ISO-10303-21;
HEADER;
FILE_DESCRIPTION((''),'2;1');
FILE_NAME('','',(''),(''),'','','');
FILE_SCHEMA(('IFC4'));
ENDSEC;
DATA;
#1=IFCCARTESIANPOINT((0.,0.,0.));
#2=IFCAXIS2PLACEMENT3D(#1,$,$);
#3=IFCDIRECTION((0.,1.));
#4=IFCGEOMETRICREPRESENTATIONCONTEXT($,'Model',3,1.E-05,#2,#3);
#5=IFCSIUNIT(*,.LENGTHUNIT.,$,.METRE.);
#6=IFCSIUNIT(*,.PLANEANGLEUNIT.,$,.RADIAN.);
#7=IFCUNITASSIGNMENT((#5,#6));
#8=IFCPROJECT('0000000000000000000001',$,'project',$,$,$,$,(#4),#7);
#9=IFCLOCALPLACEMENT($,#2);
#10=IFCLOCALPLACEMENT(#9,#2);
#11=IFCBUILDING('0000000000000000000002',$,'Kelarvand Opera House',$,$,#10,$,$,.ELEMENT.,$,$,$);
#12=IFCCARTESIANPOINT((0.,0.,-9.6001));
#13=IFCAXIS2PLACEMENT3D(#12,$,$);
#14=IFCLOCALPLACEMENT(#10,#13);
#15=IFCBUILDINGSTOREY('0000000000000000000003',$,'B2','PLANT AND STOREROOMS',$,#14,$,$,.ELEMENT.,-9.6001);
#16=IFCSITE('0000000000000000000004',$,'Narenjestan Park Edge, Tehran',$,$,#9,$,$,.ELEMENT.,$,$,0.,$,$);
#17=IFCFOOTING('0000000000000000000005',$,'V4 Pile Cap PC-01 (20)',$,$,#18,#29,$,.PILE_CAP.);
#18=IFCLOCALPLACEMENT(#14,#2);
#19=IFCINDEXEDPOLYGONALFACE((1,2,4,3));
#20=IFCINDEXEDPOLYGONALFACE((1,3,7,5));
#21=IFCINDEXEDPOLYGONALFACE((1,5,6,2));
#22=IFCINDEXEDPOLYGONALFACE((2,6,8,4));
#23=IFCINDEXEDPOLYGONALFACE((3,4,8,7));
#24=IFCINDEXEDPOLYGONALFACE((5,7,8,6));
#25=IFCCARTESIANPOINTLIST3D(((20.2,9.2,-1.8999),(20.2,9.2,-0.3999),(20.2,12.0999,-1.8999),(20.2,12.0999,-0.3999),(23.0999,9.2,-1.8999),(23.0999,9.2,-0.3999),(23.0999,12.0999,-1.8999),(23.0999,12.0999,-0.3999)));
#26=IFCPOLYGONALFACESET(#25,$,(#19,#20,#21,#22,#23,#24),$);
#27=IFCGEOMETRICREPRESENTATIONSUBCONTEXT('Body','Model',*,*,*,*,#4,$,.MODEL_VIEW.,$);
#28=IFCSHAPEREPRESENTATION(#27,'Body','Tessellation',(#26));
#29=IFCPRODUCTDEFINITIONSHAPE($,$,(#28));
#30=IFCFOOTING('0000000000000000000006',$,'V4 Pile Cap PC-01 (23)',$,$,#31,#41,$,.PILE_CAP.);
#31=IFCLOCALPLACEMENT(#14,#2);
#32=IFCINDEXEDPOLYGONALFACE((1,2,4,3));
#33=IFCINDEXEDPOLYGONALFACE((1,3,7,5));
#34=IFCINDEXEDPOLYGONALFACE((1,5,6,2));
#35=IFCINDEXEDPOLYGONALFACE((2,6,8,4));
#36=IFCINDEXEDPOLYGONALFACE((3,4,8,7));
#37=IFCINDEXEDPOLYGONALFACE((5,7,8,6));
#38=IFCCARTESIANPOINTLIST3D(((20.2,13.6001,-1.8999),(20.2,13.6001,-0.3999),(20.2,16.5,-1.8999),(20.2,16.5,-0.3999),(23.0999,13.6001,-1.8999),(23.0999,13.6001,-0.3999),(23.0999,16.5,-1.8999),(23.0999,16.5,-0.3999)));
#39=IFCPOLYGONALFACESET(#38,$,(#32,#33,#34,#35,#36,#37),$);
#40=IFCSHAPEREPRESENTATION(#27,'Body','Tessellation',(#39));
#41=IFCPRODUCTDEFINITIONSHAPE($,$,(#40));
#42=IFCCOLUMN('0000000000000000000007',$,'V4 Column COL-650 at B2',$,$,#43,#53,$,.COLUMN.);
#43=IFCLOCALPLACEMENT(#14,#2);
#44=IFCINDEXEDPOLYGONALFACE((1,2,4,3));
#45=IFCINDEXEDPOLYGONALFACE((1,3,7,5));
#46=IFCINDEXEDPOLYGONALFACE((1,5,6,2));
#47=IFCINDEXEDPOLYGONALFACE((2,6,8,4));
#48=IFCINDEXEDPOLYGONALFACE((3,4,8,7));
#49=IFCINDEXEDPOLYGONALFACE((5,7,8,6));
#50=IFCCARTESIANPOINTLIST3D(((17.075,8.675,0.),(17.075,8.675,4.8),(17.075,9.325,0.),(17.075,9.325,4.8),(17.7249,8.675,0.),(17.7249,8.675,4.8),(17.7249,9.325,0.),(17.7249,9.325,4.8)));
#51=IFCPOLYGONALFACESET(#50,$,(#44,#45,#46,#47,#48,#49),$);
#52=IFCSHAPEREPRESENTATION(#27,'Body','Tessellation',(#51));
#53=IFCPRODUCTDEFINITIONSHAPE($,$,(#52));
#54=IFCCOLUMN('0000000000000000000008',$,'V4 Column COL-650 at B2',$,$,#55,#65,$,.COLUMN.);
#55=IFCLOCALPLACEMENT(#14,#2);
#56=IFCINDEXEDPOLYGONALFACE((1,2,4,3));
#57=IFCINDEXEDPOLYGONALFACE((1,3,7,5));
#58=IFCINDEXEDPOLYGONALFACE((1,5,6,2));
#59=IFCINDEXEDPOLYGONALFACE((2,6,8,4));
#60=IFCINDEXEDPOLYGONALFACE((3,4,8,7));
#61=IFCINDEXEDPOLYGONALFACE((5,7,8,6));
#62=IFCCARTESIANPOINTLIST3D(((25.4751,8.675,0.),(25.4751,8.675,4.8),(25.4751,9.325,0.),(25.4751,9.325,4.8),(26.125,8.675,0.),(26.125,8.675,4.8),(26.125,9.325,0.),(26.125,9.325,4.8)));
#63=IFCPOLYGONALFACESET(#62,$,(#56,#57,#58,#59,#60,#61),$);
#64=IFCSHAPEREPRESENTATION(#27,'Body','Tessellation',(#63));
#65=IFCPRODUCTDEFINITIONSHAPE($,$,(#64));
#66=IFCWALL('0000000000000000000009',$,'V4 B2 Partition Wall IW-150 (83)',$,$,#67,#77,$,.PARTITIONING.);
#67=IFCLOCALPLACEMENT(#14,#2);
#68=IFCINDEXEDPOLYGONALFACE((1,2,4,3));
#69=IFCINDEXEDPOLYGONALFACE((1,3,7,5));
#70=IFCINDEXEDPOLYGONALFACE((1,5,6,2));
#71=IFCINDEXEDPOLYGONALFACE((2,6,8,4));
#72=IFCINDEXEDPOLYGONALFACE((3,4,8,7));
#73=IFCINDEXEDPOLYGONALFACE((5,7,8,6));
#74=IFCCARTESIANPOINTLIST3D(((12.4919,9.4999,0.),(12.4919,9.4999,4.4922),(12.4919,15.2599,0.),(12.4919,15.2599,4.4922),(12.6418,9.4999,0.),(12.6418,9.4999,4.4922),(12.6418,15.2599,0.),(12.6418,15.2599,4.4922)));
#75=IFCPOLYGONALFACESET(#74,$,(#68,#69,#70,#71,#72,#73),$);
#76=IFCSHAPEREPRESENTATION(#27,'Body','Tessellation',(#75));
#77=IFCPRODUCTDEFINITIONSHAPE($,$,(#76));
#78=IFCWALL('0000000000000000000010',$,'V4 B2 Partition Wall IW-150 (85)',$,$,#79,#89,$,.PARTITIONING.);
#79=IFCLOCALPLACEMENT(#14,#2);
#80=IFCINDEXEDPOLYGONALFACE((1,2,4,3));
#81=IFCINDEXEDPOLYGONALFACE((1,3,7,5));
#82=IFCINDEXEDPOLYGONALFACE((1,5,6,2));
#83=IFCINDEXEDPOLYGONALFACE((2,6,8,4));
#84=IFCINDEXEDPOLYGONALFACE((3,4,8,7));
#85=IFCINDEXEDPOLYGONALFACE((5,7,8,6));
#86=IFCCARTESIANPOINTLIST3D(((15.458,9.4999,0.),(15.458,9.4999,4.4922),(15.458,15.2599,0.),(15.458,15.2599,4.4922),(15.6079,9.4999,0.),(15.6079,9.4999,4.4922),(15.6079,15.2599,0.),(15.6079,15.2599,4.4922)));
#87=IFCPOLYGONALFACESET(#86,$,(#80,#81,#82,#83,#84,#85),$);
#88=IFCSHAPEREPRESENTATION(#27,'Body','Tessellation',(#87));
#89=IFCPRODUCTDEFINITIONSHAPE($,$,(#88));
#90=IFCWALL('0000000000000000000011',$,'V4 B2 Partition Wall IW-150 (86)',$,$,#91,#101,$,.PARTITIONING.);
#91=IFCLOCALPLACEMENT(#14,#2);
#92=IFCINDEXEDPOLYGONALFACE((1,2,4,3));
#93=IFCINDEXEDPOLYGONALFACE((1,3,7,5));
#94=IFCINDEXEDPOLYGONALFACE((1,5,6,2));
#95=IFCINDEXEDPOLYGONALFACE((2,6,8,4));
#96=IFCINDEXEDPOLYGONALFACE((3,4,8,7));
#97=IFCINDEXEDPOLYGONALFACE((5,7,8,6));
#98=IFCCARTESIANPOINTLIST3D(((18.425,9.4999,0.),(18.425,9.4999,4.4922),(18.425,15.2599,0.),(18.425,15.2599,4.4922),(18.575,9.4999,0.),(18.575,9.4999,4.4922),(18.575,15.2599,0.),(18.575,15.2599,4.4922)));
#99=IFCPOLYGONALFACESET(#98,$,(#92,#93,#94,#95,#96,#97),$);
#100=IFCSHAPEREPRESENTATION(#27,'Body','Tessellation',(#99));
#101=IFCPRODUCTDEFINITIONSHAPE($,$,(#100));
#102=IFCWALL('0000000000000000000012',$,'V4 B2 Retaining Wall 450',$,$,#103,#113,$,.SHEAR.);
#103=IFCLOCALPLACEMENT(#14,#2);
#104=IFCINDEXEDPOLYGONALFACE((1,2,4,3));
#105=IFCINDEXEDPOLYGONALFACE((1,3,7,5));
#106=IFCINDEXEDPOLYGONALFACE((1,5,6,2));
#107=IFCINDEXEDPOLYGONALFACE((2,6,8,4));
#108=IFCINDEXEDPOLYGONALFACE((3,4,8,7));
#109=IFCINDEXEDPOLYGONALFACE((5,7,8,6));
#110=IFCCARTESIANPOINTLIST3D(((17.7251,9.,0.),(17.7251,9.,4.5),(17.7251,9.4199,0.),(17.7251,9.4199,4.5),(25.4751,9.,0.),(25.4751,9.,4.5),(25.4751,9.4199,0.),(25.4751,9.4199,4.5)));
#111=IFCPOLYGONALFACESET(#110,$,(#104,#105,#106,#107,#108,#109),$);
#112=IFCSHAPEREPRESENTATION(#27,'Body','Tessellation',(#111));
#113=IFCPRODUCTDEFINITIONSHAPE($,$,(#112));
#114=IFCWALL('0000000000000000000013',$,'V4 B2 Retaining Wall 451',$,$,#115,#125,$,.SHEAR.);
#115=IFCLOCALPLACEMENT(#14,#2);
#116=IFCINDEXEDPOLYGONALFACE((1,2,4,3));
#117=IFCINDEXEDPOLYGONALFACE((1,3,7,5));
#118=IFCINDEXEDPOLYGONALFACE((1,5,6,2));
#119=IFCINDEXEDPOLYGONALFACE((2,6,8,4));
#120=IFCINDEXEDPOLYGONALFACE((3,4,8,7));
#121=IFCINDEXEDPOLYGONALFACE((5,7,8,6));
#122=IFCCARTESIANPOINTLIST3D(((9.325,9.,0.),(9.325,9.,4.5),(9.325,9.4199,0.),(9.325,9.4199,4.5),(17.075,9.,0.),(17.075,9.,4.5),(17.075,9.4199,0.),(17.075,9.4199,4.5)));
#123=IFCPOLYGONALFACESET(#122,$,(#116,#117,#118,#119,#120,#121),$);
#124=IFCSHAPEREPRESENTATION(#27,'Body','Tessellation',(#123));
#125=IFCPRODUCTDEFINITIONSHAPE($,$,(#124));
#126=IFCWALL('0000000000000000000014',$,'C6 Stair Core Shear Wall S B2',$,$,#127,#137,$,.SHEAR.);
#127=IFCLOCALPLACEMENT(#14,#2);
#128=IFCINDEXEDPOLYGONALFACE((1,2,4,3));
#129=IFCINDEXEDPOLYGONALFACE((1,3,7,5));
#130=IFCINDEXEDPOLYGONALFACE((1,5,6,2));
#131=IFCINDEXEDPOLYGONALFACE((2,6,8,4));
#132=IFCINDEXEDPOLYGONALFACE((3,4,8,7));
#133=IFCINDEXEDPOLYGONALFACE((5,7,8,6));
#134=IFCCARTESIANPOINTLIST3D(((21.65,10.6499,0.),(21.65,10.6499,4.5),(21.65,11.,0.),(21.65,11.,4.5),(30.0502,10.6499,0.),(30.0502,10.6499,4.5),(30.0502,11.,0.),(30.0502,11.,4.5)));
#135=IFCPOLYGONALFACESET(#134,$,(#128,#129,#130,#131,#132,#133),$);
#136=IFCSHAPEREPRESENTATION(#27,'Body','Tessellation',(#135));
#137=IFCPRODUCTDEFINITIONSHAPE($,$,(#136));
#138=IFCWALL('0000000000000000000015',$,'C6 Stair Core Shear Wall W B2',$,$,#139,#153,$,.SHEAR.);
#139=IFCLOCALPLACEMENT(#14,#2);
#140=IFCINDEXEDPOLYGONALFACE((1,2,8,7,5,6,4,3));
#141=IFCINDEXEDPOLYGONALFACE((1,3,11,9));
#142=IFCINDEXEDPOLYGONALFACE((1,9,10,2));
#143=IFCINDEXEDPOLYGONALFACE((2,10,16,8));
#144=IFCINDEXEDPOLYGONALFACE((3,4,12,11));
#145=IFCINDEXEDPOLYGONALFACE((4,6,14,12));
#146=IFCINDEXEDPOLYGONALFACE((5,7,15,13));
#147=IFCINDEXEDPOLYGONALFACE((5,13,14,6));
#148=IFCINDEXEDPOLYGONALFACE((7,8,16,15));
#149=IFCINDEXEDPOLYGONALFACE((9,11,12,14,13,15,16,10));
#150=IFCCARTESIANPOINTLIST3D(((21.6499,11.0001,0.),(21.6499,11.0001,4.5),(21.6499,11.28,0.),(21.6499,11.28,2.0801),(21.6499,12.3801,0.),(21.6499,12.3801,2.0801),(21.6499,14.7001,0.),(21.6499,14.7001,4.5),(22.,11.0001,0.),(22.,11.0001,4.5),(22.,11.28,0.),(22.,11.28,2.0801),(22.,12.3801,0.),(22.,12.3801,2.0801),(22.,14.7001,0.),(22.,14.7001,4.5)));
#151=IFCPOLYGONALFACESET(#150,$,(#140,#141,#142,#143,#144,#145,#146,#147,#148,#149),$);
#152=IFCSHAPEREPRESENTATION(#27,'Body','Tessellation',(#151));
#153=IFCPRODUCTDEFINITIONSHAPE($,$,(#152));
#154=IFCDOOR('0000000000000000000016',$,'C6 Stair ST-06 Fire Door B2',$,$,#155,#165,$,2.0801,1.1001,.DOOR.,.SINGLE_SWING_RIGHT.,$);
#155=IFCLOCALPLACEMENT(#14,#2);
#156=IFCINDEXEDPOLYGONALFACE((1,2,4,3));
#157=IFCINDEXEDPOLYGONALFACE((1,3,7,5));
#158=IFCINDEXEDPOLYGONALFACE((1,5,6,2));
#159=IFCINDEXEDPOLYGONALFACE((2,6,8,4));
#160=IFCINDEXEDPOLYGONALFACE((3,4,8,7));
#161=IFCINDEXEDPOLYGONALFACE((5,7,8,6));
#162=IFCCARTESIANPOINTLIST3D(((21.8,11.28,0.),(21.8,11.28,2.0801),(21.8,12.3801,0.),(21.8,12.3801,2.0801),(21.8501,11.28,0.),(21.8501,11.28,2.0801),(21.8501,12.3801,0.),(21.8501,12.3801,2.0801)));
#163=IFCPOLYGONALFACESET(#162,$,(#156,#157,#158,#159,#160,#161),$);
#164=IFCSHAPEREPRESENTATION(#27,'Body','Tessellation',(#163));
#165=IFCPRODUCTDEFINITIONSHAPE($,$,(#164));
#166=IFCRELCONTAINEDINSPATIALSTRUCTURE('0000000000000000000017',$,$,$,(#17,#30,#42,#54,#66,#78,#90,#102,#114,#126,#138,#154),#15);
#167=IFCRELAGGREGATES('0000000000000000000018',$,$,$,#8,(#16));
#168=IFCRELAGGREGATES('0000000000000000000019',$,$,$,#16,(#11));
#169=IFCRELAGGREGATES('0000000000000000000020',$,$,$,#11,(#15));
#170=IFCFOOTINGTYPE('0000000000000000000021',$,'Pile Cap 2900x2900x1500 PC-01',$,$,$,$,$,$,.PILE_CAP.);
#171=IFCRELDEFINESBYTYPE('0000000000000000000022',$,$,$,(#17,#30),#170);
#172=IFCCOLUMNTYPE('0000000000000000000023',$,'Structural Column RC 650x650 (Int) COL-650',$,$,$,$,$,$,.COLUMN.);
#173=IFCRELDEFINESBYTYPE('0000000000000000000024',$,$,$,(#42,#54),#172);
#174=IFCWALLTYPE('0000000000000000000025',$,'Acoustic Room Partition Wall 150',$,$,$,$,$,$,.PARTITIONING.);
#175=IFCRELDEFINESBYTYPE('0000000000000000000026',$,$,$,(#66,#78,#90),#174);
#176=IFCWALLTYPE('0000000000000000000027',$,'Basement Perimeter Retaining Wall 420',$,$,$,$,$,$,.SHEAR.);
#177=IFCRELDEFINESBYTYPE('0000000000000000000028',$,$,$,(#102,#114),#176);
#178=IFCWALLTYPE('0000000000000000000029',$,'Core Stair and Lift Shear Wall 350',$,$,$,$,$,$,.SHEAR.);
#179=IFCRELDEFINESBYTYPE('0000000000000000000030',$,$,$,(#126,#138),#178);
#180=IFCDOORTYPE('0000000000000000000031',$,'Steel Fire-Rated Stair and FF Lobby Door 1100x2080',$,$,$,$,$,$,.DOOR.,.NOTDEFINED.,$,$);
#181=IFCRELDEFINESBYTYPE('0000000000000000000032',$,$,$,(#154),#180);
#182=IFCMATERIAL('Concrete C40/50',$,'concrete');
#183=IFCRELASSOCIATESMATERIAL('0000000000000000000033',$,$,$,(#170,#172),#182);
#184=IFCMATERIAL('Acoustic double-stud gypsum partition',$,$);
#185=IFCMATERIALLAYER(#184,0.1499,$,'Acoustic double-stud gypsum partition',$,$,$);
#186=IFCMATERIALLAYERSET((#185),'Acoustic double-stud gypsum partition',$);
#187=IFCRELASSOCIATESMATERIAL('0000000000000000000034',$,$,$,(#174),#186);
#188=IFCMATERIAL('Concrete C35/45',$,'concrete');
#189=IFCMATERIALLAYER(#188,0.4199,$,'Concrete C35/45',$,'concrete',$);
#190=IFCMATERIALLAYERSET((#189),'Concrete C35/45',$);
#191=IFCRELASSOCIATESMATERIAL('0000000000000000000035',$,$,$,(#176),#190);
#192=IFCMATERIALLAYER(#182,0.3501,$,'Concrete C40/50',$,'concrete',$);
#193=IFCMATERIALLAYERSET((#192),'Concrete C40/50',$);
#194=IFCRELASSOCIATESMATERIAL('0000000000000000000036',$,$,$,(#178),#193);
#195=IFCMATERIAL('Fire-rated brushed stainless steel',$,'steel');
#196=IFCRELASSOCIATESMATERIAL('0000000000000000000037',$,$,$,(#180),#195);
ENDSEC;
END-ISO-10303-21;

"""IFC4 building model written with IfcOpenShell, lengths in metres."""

from ifc_helpers import new_model, si_unit, direction, frame, frame_2d, origin, origin_2d, place, context, subcontext, project, spatial, rectangle, extrude, material, layer, layer_set, material_profile, profile_set, type_object, element, fill, save


model = new_model("IFC4")

# Units and contexts
model_context = context("Model", 3, precision=1e-05, world=origin(), true_north=direction((0.0, 1.0)))
body_context = subcontext(model_context, "Body", "Model", "MODEL_VIEW")
ifc_project = project(units=[si_unit("LENGTHUNIT", "METRE"), si_unit("PLANEANGLEUNIT", "RADIAN")], contexts=[model_context])

# Site, building, storey
site_placement = place(None, origin())
site = spatial("IfcSite", under=ifc_project, at=site_placement, Name="Narenjestan Park Edge, Tehran", CompositionType="ELEMENT", RefElevation=0.0)
building_placement = place(site_placement, origin())
building = spatial("IfcBuilding", under=site, at=building_placement, Name="Kelarvand Opera House", CompositionType="ELEMENT")
storey_placement = place(building_placement, frame((0.0, 0.0, -9.6001)))
storey = spatial("IfcBuildingStorey", under=building, at=storey_placement, Name="B2", Description="PLANT AND STOREROOMS", CompositionType="ELEMENT", Elevation=-9.6001)

# Shared definitions
ifc_material_1 = material(Name="Concrete C40/50", Category="concrete")

# Footings
footing_type = type_object("IfcFootingType", Name="Pile Cap 2900x2900x1500 PC-01", PredefinedType="PILE_CAP", material=ifc_material_1)
for number, where, z_axis, x_axis, name in (
    (1, (21.6499, 10.6499, -1.8999), (0.0, 0.0, 1.0), (1.0, 0.0, 0.0), "V4 Pile Cap PC-01 (20)"),
    (2, (21.6499, 15.05, -1.8999), (0.0, 0.0, 1.0), (1.0, 0.0, 0.0), "V4 Pile Cap PC-01 (23)"),
):
    element("IfcFooting", number, at=place(storey_placement, frame(where, z_axis=z_axis, x_axis=x_axis)), inside=storey, type_object=footing_type, Name=name, PredefinedType="PILE_CAP", context=body_context, shape_type="SweptSolid", body=[
        extrude(rectangle(XDim=2.8999, YDim=2.8999, at=origin_2d()), origin(), (0.0, 0.0, 1.0), 1.5),
    ])

# Columns
ifc_material_profile_1 = material_profile(ifc_material_1, rectangle(XDim=0.6499, YDim=0.6499, at=origin_2d()), Name="RC 650x650", Category="concrete")
ifc_profile_set_1 = profile_set([ifc_material_profile_1], Name="Concrete C40/50")
column_type = type_object("IfcColumnType", Name="Structural Column RC 650x650 (Int) COL-650", PredefinedType="COLUMN", material=ifc_profile_set_1)
for number, where, z_axis, x_axis, name in (
    (3, (17.3999, 9.0, 0.0), (0.0, 0.0, 1.0), (1.0, 0.0, 0.0), "V4 Column COL-650 at B2"),
    (4, (25.8, 9.0, 0.0), (0.0, 0.0, 1.0), (1.0, 0.0, 0.0), "V4 Column COL-650 at B2"),
):
    element("IfcColumn", number, at=place(storey_placement, frame(where, z_axis=z_axis, x_axis=x_axis)), inside=storey, type_object=column_type, Name=name, PredefinedType="COLUMN", context=body_context, shape_type="SweptSolid", body=[
        extrude(rectangle(XDim=0.6499, YDim=0.6499, at=origin_2d()), origin(), (0.0, 0.0, 1.0), 4.8),
    ])

# Walls
ifc_material_2 = material(Name="Acoustic double-stud gypsum partition")
ifc_layer_1 = layer(ifc_material_2, 0.1499, Name="Acoustic double-stud gypsum partition")
ifc_layer_set_1 = layer_set([ifc_layer_1], Name="Acoustic double-stud gypsum partition")
wall_type_1 = type_object("IfcWallType", Name="Acoustic Room Partition Wall 150", PredefinedType="PARTITIONING", material=ifc_layer_set_1)
for number, where, z_axis, x_axis, name in (
    (5, (12.5669, 9.5, 0.0), (0.0, 0.0, 1.0), (0.0, 1.0, 0.0), "V4 B2 Partition Wall IW-150 (83)"),
    (6, (15.533, 9.5, 0.0), (0.0, 0.0, 1.0), (0.0, 1.0, 0.0), "V4 B2 Partition Wall IW-150 (85)"),
    (7, (18.5, 9.5, 0.0), (0.0, 0.0, 1.0), (0.0, 1.0, 0.0), "V4 B2 Partition Wall IW-150 (86)"),
):
    element("IfcWall", number, at=place(storey_placement, frame(where, z_axis=z_axis, x_axis=x_axis)), inside=storey, type_object=wall_type_1, Name=name, PredefinedType="PARTITIONING", context=body_context, shape_type="SweptSolid", body=[
        extrude(rectangle(XDim=5.76, YDim=0.1499, at=frame_2d((2.8799, 0.0))), origin(), (0.0, 0.0, 1.0), 4.4922),
    ])
ifc_material_3 = material(Name="Concrete C35/45", Category="concrete")
ifc_layer_2 = layer(ifc_material_3, 0.4199, Name="Concrete C35/45", Category="concrete")
ifc_layer_set_2 = layer_set([ifc_layer_2], Name="Concrete C35/45")
wall_type_2 = type_object("IfcWallType", Name="Basement Perimeter Retaining Wall 420", PredefinedType="SHEAR", material=ifc_layer_set_2)
for number, where, z_axis, x_axis, name in (
    (8, (25.4751, 9.21, 0.0), (0.0, 0.0, 1.0), (-1.0, 0.0, 0.0), "V4 B2 Retaining Wall 450"),
    (9, (17.075, 9.21, 0.0), (0.0, 0.0, 1.0), (-1.0, 0.0, 0.0), "V4 B2 Retaining Wall 451"),
):
    element("IfcWall", number, at=place(storey_placement, frame(where, z_axis=z_axis, x_axis=x_axis)), inside=storey, type_object=wall_type_2, Name=name, PredefinedType="SHEAR", context=body_context, shape_type="SweptSolid", body=[
        extrude(rectangle(XDim=7.75, YDim=0.4199, at=frame_2d((3.875, 0.0))), origin(), (0.0, 0.0, 1.0), 4.5),
    ])
ifc_layer_3 = layer(ifc_material_1, 0.3501, Name="Concrete C40/50", Category="concrete")
ifc_layer_set_3 = layer_set([ifc_layer_3], Name="Concrete C40/50")
wall_type_3 = type_object("IfcWallType", Name="Core Stair and Lift Shear Wall 350", PredefinedType="SHEAR", material=ifc_layer_set_3)
wall_1_placement = place(storey_placement, frame((21.6499, 10.825, 0.0), z_axis=(0.0, 0.0, 1.0), x_axis=(1.0, 0.0, 0.0)))
element("IfcWall", 10, at=wall_1_placement, inside=storey, type_object=wall_type_3, Name="C6 Stair Core Shear Wall S B2", PredefinedType="SHEAR", context=body_context, shape_type="SweptSolid", body=[
    extrude(rectangle(XDim=8.4001, YDim=0.3501, at=frame_2d((4.2002, 0.0))), origin(), (0.0, 0.0, 1.0), 4.5),
])

# Wall, opening, door
wall_2_placement = place(storey_placement, frame((21.825, 11.0, 0.0), z_axis=(0.0, 0.0, 1.0), x_axis=(0.0, 1.0, 0.0)))
wall_2 = element("IfcWall", 11, at=wall_2_placement, inside=storey, type_object=wall_type_3, Name="C6 Stair Core Shear Wall W B2", PredefinedType="SHEAR", context=body_context, shape_type="SweptSolid", body=[
    extrude(rectangle(XDim=3.7, YDim=0.3501, at=frame_2d((1.8501, 0.0))), origin(), (0.0, 0.0, 1.0), 4.5),
])
opening_1_placement = place(wall_2_placement, frame((0.28, 0.0, 0.0)))
opening_1 = element("IfcOpeningElement", 12, at=opening_1_placement, cuts=wall_2, PredefinedType="OPENING", context=body_context, shape_type="SweptSolid", body=[
    extrude(rectangle(XDim=1.1001, YDim=2.0801, at=frame_2d((0.55, 1.04))), frame((0.0, 0.1851, 0.0), z_axis=(0.0, -1.0, 0.0), x_axis=(1.0, 0.0, 0.0)), (0.0, 0.0, 1.0), 0.3701),
])
ifc_material_4 = material(Name="Fire-rated brushed stainless steel", Category="steel")
door_type_1 = type_object("IfcDoorType", Name="Steel Fire-Rated Stair and FF Lobby Door 1100x2080", OperationType="NOTDEFINED", PredefinedType="DOOR", material=ifc_material_4)
door_1_placement = place(opening_1_placement, origin())
door_1 = element("IfcDoor", 13, at=door_1_placement, inside=storey, type_object=door_type_1, Name="C6 Stair ST-06 Fire Door B2", OperationType="SINGLE_SWING_RIGHT", OverallHeight=2.0801, OverallWidth=1.1001, PredefinedType="DOOR", context=body_context, shape_type="SweptSolid", body=[
    extrude(rectangle(XDim=1.1001, YDim=2.0801, at=frame_2d((0.55, 1.04))), frame((0.0, 0.0249, 0.0), z_axis=(0.0, -1.0, 0.0), x_axis=(1.0, 0.0, 0.0)), (0.0, 0.0, 1.0), 0.05),
])
fill(opening_1, door_1)

save(model, "model.ifc")
